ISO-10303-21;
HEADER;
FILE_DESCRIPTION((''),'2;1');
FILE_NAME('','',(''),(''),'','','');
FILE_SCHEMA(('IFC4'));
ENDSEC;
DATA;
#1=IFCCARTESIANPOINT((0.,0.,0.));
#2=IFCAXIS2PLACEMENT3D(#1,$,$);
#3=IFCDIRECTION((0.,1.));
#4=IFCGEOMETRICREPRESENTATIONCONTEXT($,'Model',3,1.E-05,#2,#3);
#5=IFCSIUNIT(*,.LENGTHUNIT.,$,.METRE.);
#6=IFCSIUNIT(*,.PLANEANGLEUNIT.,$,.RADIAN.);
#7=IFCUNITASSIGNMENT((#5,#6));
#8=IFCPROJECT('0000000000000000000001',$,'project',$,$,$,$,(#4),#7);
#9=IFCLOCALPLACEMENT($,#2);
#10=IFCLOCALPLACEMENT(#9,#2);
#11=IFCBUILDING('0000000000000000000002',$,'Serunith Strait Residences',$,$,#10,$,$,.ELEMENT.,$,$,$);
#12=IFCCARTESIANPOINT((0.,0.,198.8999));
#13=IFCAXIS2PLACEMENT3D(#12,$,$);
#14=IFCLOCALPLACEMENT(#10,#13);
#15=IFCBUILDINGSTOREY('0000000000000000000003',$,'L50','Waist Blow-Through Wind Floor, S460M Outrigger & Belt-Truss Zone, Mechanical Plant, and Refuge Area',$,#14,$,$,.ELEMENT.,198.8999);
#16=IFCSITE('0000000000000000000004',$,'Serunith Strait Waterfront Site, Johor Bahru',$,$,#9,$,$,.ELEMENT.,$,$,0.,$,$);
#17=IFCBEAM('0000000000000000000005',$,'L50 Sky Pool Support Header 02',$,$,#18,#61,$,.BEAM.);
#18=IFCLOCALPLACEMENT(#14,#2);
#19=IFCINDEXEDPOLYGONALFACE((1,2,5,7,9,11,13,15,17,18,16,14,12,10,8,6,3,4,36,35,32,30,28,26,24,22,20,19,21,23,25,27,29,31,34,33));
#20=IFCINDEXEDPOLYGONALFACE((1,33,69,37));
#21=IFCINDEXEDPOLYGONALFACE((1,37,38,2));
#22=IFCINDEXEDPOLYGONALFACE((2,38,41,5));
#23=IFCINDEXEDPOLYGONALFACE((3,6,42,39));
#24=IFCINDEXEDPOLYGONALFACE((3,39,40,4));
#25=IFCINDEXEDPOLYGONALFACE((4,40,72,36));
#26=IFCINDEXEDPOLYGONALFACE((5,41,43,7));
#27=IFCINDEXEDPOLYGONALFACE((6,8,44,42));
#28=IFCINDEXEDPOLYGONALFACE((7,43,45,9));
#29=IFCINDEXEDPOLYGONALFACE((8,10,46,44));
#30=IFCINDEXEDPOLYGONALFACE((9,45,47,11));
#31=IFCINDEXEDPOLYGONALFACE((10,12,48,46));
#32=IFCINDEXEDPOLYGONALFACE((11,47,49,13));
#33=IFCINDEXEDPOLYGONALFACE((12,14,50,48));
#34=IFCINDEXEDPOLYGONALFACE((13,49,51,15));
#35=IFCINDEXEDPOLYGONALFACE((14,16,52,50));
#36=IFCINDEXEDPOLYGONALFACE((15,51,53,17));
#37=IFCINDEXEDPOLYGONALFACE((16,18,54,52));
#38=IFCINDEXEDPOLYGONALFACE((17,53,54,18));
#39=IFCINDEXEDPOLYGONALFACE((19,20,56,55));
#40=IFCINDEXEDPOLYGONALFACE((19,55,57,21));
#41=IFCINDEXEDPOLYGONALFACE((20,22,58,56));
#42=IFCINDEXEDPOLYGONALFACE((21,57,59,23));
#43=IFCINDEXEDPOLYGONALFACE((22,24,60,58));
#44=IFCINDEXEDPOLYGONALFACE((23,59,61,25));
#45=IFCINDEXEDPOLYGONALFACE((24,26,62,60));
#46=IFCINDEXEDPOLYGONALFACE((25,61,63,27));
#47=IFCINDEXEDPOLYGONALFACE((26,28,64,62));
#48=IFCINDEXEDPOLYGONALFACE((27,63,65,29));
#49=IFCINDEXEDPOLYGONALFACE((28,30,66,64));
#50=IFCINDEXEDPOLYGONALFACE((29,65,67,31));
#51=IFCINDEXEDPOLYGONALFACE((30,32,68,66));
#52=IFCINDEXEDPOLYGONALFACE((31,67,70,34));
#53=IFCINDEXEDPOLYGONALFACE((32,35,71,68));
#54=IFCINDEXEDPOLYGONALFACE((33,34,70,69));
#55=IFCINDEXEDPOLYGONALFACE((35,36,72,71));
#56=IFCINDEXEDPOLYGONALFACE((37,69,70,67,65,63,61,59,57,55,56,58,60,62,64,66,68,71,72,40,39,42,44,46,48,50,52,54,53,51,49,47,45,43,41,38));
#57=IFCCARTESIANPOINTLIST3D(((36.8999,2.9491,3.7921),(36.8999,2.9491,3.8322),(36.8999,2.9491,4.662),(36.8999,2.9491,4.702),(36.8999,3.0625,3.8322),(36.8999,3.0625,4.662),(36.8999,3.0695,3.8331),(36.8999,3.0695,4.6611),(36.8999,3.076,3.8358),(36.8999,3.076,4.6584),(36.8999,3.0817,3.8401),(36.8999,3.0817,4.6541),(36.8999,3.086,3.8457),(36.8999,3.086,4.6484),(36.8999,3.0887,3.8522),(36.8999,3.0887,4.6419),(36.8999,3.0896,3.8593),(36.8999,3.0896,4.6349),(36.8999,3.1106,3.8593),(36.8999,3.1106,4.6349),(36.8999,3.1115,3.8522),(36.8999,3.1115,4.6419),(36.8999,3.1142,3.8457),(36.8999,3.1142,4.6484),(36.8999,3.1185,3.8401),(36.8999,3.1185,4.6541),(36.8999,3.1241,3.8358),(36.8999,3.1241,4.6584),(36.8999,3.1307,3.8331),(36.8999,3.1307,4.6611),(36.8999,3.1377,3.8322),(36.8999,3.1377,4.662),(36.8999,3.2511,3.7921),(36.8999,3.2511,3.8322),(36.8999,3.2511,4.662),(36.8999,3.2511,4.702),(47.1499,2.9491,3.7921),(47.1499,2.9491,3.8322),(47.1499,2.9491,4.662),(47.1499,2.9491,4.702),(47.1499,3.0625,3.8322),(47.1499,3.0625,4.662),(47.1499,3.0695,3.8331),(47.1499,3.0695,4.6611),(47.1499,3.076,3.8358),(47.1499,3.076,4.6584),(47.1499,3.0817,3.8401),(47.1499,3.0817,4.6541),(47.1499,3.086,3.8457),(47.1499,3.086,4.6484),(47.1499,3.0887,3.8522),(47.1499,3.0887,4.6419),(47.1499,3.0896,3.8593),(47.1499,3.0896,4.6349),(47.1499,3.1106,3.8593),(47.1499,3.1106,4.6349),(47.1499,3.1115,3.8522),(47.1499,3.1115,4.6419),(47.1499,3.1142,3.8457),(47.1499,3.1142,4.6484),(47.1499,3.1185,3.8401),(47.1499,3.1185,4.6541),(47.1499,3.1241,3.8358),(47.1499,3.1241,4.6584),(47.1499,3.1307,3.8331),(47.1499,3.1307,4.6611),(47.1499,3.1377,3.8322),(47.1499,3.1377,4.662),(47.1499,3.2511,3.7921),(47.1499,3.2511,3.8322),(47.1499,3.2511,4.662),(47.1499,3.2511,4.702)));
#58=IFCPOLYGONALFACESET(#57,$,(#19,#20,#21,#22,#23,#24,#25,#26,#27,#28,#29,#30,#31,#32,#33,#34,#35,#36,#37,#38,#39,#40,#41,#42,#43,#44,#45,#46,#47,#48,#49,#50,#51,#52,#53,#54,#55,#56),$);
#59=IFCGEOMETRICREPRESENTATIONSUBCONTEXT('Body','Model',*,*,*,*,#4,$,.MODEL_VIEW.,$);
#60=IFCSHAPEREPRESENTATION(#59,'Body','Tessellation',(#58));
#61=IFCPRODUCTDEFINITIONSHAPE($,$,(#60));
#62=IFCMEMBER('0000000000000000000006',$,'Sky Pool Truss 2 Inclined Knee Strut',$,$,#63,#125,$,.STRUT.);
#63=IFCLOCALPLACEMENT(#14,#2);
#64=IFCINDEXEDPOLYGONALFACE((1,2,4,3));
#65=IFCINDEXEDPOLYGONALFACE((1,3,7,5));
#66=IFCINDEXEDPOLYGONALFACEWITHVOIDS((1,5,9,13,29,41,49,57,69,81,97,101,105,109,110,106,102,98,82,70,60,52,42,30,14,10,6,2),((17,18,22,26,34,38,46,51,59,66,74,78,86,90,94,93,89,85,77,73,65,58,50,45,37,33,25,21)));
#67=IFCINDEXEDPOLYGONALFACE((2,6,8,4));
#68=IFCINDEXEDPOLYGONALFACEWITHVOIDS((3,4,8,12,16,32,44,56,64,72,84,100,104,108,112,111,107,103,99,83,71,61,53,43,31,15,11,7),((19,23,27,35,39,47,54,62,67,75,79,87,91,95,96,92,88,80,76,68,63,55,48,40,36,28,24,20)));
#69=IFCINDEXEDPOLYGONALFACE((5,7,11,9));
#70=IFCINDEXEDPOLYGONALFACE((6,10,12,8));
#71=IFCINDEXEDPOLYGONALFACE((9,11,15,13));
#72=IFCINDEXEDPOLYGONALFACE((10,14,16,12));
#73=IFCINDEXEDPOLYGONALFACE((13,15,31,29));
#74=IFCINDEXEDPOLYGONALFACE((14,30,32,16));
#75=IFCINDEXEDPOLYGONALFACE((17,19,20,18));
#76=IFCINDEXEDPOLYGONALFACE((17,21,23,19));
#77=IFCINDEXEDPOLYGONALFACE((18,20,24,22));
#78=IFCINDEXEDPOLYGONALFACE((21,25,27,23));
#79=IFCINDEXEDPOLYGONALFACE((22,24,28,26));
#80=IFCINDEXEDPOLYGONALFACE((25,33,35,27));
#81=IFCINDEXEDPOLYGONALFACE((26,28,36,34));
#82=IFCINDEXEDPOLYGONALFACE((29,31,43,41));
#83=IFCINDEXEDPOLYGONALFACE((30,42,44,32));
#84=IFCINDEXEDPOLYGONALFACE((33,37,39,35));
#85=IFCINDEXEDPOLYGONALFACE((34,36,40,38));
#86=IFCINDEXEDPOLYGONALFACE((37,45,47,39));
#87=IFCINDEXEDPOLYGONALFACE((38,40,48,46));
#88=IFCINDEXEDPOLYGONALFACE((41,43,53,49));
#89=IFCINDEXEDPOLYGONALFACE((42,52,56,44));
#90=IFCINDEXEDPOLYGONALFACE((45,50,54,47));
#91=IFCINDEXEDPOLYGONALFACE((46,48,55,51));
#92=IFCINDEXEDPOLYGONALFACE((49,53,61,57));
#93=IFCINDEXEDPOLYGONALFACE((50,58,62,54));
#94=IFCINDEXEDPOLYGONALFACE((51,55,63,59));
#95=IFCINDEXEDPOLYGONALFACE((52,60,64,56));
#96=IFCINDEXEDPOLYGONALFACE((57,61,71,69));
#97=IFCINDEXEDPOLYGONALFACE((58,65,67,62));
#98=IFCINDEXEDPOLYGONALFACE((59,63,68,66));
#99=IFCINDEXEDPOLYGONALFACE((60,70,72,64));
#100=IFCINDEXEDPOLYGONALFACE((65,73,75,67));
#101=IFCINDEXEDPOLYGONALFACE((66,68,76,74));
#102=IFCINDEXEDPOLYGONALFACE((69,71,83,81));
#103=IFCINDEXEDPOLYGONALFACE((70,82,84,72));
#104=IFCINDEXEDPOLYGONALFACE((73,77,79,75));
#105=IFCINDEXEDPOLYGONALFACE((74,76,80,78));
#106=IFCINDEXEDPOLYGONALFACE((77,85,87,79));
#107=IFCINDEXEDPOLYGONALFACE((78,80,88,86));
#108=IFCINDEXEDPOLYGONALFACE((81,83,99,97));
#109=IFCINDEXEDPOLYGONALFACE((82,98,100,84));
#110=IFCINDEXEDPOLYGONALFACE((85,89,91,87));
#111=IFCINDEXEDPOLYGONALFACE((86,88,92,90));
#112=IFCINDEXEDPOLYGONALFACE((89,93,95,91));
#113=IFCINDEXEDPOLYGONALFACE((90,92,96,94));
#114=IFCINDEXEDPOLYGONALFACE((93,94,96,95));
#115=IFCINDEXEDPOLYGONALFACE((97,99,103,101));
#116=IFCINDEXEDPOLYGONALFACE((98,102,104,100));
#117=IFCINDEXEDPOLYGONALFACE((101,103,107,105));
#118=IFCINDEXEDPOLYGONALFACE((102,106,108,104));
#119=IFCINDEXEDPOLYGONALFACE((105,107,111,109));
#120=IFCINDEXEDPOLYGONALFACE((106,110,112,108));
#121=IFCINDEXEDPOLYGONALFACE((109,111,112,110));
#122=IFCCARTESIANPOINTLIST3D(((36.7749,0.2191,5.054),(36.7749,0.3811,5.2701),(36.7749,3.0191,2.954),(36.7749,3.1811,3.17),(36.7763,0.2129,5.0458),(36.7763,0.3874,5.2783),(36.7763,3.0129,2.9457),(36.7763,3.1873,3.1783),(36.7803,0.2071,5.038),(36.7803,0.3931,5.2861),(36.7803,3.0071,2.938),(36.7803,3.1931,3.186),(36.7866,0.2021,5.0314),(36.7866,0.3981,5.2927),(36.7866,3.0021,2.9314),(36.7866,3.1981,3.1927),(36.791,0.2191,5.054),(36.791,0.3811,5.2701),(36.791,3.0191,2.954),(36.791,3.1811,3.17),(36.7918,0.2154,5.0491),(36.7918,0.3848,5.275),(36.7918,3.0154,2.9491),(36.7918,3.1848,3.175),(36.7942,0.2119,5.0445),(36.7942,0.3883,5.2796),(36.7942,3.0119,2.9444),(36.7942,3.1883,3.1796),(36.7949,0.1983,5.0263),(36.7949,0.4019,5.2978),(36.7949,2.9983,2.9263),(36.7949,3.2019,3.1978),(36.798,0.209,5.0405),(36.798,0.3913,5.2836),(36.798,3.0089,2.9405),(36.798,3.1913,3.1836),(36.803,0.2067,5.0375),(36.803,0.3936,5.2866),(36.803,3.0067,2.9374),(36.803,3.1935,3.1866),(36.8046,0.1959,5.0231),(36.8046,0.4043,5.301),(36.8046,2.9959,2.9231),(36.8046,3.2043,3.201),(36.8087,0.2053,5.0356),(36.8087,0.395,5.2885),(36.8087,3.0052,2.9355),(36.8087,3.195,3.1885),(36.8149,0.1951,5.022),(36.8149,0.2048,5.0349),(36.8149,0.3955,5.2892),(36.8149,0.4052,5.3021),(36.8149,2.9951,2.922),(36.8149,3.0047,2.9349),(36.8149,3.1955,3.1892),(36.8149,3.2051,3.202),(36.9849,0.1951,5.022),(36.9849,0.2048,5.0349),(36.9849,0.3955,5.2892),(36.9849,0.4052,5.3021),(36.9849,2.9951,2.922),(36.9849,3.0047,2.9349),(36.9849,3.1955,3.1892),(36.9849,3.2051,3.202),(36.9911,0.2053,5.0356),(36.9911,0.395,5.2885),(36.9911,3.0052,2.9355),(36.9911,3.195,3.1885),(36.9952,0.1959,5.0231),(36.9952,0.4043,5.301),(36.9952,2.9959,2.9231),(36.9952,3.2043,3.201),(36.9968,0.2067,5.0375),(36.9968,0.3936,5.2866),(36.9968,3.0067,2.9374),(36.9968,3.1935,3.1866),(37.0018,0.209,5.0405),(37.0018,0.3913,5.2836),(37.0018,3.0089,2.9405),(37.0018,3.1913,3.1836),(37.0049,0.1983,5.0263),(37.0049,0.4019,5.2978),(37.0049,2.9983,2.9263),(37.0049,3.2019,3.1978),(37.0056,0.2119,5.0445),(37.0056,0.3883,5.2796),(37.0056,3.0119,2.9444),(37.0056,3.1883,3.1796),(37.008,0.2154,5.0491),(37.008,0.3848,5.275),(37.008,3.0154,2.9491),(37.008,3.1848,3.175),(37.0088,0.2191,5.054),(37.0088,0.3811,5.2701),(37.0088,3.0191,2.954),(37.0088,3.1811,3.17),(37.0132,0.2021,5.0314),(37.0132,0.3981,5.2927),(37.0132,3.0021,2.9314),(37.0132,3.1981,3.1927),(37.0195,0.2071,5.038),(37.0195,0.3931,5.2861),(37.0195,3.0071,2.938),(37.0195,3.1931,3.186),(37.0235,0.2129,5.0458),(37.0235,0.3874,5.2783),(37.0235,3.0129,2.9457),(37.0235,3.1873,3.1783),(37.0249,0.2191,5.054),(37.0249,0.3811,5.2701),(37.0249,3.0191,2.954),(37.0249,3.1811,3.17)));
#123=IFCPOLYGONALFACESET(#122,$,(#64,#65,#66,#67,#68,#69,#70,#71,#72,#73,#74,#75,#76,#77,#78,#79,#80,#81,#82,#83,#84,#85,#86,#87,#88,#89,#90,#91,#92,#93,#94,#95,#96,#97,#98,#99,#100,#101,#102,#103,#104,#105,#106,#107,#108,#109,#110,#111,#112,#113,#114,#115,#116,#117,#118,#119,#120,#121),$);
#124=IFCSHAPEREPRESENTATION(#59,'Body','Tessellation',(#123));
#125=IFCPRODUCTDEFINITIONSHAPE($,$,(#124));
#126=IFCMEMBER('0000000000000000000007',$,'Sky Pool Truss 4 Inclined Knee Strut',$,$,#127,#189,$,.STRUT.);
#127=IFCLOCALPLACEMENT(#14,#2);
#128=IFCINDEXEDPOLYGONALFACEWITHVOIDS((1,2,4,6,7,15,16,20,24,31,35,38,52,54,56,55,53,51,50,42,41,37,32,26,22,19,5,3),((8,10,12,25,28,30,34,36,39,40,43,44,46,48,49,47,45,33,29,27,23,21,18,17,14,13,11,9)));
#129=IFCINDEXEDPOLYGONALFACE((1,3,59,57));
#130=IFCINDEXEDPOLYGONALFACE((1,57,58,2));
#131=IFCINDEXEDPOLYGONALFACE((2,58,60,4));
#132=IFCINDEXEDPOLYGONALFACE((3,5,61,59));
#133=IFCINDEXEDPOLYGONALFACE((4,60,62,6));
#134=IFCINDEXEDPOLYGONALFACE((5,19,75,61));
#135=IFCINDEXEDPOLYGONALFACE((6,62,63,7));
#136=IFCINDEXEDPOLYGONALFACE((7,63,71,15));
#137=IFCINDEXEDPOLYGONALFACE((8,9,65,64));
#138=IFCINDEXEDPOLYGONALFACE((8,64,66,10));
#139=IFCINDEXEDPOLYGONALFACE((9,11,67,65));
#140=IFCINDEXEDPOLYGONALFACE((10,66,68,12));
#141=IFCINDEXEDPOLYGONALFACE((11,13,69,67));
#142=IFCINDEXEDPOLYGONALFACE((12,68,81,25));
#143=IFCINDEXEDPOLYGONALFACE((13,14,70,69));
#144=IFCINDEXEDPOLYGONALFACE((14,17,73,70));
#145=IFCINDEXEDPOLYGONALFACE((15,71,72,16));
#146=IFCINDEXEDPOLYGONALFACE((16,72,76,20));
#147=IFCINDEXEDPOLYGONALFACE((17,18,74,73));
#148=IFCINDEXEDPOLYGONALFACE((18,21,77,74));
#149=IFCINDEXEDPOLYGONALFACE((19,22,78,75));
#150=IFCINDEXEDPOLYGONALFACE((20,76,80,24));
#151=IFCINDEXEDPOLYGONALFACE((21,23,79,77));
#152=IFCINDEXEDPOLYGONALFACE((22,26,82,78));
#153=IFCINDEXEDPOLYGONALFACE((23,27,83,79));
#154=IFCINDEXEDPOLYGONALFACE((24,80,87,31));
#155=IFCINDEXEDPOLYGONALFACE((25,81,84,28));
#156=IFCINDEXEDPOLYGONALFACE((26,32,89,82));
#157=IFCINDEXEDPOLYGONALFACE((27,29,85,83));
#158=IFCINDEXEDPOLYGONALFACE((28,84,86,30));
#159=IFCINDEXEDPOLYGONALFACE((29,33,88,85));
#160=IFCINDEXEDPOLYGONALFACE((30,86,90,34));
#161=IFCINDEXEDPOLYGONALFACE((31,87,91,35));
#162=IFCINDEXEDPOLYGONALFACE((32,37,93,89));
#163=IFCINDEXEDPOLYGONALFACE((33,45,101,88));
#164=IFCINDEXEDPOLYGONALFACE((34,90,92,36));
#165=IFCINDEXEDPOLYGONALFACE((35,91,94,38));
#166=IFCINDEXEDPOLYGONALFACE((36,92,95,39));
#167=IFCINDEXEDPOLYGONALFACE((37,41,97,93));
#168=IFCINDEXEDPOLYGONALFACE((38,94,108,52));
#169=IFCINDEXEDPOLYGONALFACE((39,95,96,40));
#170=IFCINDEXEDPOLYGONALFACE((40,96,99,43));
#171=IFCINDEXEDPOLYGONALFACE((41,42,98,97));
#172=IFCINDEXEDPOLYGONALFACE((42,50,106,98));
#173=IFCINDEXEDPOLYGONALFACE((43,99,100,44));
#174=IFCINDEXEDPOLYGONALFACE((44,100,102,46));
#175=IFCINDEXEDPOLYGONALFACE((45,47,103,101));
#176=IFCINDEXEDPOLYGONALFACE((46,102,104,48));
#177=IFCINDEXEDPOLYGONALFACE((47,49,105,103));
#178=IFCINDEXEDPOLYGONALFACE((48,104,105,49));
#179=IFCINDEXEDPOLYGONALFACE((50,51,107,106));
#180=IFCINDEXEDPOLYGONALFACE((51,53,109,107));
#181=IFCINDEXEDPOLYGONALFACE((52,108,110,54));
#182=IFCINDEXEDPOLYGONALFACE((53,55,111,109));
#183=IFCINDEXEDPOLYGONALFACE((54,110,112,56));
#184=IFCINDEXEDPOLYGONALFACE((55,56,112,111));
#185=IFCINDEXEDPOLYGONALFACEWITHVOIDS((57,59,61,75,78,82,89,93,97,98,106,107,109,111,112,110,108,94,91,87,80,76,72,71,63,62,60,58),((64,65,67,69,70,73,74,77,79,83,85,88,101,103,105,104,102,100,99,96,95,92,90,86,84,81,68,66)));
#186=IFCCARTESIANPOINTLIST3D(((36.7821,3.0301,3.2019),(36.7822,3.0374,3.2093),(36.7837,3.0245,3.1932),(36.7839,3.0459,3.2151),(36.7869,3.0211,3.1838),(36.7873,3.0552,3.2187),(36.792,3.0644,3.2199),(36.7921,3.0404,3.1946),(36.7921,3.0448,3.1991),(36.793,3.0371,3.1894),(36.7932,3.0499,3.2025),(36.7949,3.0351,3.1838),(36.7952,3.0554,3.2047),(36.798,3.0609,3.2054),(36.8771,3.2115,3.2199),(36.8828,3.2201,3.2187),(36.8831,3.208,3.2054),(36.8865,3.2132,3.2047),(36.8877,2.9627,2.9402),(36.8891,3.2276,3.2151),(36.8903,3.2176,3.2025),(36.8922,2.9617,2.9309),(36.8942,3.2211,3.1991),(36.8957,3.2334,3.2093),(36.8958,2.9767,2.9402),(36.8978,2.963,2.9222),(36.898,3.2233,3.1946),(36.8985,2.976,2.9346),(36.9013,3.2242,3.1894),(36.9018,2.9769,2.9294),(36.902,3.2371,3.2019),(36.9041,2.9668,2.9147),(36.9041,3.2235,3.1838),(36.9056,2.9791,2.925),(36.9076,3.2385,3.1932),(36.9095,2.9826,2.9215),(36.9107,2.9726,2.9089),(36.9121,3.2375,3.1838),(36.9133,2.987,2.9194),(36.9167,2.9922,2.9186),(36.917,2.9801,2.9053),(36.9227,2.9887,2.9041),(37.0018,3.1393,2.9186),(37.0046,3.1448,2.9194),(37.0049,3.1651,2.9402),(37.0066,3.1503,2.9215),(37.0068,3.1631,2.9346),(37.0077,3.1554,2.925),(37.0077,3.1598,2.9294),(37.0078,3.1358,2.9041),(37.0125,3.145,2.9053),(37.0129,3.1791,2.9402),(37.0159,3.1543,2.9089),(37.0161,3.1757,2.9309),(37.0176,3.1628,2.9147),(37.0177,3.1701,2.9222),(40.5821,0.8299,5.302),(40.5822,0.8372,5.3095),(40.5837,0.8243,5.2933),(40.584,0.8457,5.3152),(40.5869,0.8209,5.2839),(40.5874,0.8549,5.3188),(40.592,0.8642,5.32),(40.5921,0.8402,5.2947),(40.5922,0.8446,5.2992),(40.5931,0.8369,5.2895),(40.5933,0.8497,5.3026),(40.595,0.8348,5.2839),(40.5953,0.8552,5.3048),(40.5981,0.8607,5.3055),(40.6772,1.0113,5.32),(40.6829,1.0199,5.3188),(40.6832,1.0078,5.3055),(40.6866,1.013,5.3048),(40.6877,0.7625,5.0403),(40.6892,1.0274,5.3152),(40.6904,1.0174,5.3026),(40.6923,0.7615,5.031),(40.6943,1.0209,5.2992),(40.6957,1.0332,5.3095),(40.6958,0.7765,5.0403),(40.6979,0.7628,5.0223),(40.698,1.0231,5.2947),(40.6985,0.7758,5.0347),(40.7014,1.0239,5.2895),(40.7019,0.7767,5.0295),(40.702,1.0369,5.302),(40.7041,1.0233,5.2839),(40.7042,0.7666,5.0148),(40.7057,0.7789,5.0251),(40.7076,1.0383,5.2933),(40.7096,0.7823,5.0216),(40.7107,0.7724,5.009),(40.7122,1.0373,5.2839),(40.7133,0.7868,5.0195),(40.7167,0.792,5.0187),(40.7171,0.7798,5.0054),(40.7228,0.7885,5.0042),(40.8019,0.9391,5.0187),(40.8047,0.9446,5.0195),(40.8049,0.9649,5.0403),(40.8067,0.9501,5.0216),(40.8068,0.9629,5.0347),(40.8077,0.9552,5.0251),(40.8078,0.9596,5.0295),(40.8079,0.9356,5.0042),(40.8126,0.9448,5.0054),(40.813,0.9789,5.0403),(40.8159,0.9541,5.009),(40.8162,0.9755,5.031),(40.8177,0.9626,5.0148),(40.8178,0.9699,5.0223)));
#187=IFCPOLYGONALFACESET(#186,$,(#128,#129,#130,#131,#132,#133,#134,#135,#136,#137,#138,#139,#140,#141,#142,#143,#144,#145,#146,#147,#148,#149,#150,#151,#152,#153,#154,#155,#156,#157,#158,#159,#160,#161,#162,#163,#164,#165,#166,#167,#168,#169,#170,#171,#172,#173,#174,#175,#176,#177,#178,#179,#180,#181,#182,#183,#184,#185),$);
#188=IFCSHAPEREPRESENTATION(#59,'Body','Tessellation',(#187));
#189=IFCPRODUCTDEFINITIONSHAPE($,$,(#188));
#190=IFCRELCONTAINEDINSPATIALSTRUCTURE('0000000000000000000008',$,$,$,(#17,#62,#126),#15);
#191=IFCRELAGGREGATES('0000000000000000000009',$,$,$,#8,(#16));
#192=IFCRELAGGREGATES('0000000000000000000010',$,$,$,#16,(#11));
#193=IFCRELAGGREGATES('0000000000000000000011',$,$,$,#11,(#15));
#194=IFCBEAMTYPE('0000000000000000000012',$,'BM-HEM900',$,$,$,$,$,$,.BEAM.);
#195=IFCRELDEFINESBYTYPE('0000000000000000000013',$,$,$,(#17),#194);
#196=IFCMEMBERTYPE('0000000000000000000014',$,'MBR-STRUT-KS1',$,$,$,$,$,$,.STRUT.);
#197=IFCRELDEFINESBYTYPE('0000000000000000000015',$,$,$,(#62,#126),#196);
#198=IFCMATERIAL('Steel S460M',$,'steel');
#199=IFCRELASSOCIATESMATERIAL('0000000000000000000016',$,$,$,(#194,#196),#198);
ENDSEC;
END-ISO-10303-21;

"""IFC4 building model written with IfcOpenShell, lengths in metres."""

from ifc_helpers import new_model, si_unit, direction, frame, origin, origin_2d, place, context, subcontext, project, spatial, hollow_rectangle, i_section, extrude, source, transform, mapped, material, material_profile, profile_set, type_object, element, save


model = new_model("IFC4")

# Units and contexts
model_context = context("Model", 3, precision=1e-05, world=origin(), true_north=direction((0.0, 1.0)))
body_context = subcontext(model_context, "Body", "Model", "MODEL_VIEW")
ifc_project = project(units=[si_unit("LENGTHUNIT", "METRE"), si_unit("PLANEANGLEUNIT", "RADIAN")], contexts=[model_context])

# Site, building, storey
site_placement = place(None, origin())
site = spatial("IfcSite", under=ifc_project, at=site_placement, Name="Serunith Strait Waterfront Site, Johor Bahru", CompositionType="ELEMENT", RefElevation=0.0)
building_placement = place(site_placement, origin())
building = spatial("IfcBuilding", under=site, at=building_placement, Name="Serunith Strait Residences", CompositionType="ELEMENT")
storey_placement = place(building_placement, frame((0.0, 0.0, 198.8999)))
storey = spatial("IfcBuildingStorey", under=building, at=storey_placement, Name="L50", Description="Waist Blow-Through Wind Floor, S460M Outrigger & Belt-Truss Zone, Mechanical Plant, and Refuge Area", CompositionType="ELEMENT", Elevation=198.8999)

# Shared definitions
ifc_material_1 = material(Name="Steel S460M", Category="steel")

# Beam
ifc_material_profile_1 = material_profile(ifc_material_1, i_section(OverallWidth=0.302, OverallDepth=0.9099, WebThickness=0.021, FlangeThickness=0.04, FilletRadius=0.0271, at=origin_2d()), Name="HEM 900")
ifc_profile_set_1 = profile_set([ifc_material_profile_1], Name="Steel S460M")
beam_type_1 = type_object("IfcBeamType", Name="BM-HEM900", PredefinedType="BEAM", material=ifc_profile_set_1)
shared_shape_1 = source(origin(), body_context, "Body", "SweptSolid", [
    extrude(i_section(OverallWidth=0.302, OverallDepth=0.9099, WebThickness=0.021, FlangeThickness=0.04, FilletRadius=0.0271, at=origin_2d()), origin(), (0.0, 0.0, 1.0), 10.25),
])
beam_1_placement = place(storey_placement, frame((36.8999, 3.1001, 4.2471), z_axis=(1.0, 0.0, 0.0), x_axis=(0.0, 1.0, 0.0)))
element("IfcBeam", 1, at=beam_1_placement, inside=storey, type_object=beam_type_1, Name="L50 Sky Pool Support Header 02", PredefinedType="BEAM", context=body_context, shape_type="MappedRepresentation", body=[
    mapped(shared_shape_1, transform((0.0, 0.0, 0.0), scale=1.0)),
])

# Members
ifc_material_profile_2 = material_profile(ifc_material_1, hollow_rectangle(XDim=0.25, YDim=0.3501, WallThickness=0.0161, InnerFilletRadius=0.0239, OuterFilletRadius=0.04, at=origin_2d()), Name="RHS 350x250x16")
ifc_profile_set_2 = profile_set([ifc_material_profile_2], Name="Steel S460M")
member_type_1 = type_object("IfcMemberType", Name="MBR-STRUT-KS1", PredefinedType="STRUT", material=ifc_profile_set_2)
shared_shape_2 = source(origin(), body_context, "Body", "SweptSolid", [
    extrude(hollow_rectangle(XDim=0.25, YDim=0.3501, WallThickness=0.0161, InnerFilletRadius=0.0239, OuterFilletRadius=0.04, at=origin_2d()), origin(), (0.0, 0.0, 1.0), 3.5),
])
member_1_placement = place(storey_placement, frame((36.8999, 3.1001, 3.062), z_axis=(0.0, -0.799992, 0.600011), x_axis=(1.0, 0.0, 0.0)))
element("IfcMember", 2, at=member_1_placement, inside=storey, type_object=member_type_1, Name="Sky Pool Truss 2 Inclined Knee Strut", PredefinedType="STRUT", context=body_context, shape_type="MappedRepresentation", body=[
    mapped(shared_shape_2, transform((0.0, 0.0, 0.0), scale=1.0)),
])
shared_shape_3 = source(origin(), body_context, "Body", "SweptSolid", [
    extrude(hollow_rectangle(XDim=0.25, YDim=0.3501, WallThickness=0.0161, InnerFilletRadius=0.0239, OuterFilletRadius=0.04, at=origin_2d()), origin(), (0.0, 0.0, 1.0), 4.8674),
])
member_2_placement = place(storey_placement, frame((36.8999, 3.1001, 3.062), z_axis=(0.780713, -0.452026, 0.431461), x_axis=(0.501065, 0.86541, 0.0)))
element("IfcMember", 3, at=member_2_placement, inside=storey, type_object=member_type_1, Name="Sky Pool Truss 4 Inclined Knee Strut", PredefinedType="STRUT", context=body_context, shape_type="MappedRepresentation", body=[
    mapped(shared_shape_3, transform((0.0, 0.0, 0.0), scale=1.0)),
])

save(model, "model.ifc")
